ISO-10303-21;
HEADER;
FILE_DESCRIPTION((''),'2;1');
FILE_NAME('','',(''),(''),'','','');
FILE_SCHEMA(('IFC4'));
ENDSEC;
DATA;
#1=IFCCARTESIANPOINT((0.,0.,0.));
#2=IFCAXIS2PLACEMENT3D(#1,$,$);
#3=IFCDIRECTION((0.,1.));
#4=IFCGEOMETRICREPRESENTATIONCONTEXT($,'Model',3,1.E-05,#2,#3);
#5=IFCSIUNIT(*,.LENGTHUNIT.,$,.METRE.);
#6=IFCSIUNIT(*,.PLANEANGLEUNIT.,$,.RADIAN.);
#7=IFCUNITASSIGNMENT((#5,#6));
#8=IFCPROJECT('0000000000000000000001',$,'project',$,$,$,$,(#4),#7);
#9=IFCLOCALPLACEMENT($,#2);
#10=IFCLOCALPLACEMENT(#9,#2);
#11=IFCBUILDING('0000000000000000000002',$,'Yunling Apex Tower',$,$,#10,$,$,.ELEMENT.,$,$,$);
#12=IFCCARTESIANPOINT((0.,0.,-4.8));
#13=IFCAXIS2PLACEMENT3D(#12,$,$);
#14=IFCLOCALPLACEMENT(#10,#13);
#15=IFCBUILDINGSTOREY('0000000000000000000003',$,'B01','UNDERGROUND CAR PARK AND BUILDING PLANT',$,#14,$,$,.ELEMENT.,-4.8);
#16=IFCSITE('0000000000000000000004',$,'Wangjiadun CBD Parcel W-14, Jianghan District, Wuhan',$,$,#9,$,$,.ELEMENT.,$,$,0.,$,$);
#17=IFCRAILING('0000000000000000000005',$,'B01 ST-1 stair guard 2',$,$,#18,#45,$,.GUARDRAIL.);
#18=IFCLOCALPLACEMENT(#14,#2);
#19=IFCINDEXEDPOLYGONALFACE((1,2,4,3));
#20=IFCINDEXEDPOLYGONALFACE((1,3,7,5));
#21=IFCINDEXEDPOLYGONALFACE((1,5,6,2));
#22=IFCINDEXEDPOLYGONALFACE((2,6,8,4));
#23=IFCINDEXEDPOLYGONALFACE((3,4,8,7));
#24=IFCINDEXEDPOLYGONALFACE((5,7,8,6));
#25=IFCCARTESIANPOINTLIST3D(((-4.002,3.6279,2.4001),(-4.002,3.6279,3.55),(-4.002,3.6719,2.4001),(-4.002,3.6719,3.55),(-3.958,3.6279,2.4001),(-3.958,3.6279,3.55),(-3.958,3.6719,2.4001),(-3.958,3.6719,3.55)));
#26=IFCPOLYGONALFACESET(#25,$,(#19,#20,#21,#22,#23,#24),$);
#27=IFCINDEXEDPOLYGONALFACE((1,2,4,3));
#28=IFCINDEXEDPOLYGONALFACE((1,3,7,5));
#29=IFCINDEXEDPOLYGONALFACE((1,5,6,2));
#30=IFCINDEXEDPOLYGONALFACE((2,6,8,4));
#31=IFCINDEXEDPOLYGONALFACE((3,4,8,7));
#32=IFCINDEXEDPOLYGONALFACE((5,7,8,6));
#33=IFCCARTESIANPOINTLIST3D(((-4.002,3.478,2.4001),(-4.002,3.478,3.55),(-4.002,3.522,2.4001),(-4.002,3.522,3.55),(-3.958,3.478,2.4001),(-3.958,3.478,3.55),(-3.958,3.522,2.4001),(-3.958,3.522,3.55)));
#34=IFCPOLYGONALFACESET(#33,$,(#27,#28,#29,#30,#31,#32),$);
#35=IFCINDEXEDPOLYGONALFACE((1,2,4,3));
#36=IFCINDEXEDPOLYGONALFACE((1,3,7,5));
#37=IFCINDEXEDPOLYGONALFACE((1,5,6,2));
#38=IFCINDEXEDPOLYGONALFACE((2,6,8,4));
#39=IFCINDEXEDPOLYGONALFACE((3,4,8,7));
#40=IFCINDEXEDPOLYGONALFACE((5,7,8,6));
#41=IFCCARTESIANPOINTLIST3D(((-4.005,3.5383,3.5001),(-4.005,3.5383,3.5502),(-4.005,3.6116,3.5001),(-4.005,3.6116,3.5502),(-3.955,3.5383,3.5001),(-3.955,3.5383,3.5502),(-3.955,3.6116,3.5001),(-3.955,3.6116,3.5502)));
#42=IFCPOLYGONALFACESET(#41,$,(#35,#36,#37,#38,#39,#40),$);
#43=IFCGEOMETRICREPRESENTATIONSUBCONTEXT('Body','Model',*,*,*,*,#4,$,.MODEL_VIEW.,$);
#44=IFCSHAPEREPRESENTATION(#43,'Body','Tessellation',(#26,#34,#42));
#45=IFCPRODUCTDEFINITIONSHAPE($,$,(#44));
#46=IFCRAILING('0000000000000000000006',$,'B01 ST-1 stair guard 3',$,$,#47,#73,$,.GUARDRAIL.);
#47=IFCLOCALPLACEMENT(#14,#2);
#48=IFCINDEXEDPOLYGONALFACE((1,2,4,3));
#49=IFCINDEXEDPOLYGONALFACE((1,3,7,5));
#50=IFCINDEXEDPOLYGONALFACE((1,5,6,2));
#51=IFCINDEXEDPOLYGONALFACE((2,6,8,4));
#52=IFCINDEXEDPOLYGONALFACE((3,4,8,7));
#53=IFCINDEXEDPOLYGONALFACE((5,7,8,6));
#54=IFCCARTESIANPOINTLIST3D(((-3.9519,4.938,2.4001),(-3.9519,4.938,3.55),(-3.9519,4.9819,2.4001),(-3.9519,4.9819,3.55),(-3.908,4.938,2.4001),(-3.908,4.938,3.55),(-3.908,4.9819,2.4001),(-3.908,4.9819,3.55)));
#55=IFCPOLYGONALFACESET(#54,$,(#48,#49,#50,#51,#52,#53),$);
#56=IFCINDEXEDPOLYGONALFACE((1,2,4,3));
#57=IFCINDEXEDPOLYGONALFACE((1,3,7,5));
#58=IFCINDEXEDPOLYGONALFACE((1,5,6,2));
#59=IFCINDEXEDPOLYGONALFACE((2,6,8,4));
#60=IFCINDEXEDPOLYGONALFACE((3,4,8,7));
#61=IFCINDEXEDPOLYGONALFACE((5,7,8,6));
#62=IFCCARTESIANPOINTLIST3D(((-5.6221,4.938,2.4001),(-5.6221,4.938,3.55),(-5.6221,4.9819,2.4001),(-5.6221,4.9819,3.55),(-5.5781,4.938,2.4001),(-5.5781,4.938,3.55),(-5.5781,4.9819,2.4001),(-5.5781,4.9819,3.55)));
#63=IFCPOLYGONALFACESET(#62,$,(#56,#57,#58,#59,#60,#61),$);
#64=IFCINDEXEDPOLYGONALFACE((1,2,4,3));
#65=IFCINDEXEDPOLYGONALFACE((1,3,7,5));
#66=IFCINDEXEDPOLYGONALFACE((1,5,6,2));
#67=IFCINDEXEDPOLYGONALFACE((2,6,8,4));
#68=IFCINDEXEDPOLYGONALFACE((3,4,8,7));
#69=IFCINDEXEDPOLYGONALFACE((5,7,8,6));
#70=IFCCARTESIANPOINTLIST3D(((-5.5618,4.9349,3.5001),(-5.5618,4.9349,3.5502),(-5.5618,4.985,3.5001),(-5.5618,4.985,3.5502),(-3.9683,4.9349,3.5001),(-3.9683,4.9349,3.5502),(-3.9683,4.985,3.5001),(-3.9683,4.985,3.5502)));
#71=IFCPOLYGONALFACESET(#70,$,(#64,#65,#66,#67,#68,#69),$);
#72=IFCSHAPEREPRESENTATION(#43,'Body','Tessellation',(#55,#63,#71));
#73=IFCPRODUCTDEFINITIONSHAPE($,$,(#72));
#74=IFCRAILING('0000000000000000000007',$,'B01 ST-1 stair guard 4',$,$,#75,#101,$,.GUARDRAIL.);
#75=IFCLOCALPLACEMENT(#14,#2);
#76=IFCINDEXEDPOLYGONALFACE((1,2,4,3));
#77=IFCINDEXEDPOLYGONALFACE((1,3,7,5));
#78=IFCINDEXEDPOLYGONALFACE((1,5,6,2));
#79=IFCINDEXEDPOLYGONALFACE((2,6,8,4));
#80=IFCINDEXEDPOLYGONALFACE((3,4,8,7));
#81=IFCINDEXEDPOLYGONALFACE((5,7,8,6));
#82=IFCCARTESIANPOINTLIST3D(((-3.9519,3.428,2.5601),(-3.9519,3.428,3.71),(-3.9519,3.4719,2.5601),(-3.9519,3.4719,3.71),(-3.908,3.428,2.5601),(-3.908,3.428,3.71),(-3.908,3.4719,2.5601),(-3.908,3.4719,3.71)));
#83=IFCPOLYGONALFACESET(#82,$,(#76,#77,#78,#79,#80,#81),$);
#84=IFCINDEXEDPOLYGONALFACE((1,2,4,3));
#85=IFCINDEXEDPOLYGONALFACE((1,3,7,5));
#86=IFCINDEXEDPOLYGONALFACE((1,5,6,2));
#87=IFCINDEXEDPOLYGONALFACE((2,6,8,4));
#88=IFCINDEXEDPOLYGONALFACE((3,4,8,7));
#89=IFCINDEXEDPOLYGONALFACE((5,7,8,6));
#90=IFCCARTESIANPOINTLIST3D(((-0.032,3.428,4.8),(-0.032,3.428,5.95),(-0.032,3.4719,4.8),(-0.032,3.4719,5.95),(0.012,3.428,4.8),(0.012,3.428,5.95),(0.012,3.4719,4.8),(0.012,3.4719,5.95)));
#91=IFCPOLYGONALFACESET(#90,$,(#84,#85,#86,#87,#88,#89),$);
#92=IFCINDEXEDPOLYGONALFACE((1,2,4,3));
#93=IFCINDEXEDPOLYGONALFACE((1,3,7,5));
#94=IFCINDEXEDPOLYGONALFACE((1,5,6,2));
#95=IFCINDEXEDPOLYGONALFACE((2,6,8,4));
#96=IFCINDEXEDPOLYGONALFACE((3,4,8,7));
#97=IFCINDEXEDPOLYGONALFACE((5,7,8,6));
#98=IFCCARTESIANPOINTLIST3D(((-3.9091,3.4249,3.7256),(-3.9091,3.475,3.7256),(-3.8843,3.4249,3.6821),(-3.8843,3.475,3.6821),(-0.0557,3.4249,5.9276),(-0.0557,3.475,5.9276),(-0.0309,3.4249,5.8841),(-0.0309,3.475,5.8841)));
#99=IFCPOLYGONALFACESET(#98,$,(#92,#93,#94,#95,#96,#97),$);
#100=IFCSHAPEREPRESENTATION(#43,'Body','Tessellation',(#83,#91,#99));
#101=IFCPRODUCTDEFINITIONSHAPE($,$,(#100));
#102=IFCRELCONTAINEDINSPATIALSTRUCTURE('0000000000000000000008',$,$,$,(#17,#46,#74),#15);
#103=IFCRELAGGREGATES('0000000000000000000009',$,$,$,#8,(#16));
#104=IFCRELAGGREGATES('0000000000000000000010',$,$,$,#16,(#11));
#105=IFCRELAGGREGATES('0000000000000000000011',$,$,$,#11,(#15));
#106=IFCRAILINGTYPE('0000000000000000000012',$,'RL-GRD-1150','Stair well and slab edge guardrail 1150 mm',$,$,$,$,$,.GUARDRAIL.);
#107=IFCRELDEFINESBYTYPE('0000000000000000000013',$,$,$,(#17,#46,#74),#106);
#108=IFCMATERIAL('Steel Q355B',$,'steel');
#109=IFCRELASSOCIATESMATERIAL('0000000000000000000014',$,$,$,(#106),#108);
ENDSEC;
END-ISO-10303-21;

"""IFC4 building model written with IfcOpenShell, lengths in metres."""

from ifc_helpers import new_model, si_unit, direction, frame, origin, origin_2d, place, context, subcontext, project, spatial, rectangle, extrude, material, type_object, element, save


model = new_model("IFC4")

# Units and contexts
model_context = context("Model", 3, precision=1e-05, world=origin(), true_north=direction((0.0, 1.0)))
body_context = subcontext(model_context, "Body", "Model", "MODEL_VIEW")
ifc_project = project(units=[si_unit("LENGTHUNIT", "METRE"), si_unit("PLANEANGLEUNIT", "RADIAN")], contexts=[model_context])

# Site, building, storey
site_placement = place(None, origin())
site = spatial("IfcSite", under=ifc_project, at=site_placement, Name="Wangjiadun CBD Parcel W-14, Jianghan District, Wuhan", CompositionType="ELEMENT", RefElevation=0.0)
building_placement = place(site_placement, origin())
building = spatial("IfcBuilding", under=site, at=building_placement, Name="Yunling Apex Tower", CompositionType="ELEMENT")
storey_placement = place(building_placement, frame((0.0, 0.0, -4.8)))
storey = spatial("IfcBuildingStorey", under=building, at=storey_placement, Name="B01", Description="UNDERGROUND CAR PARK AND BUILDING PLANT", CompositionType="ELEMENT", Elevation=-4.8)

# Shared definitions
ifc_material_1 = material(Name="Steel Q355B", Category="steel")

# Railings
railing_type = type_object("IfcRailingType", Name="RL-GRD-1150", Description="Stair well and slab edge guardrail 1150 mm", PredefinedType="GUARDRAIL", material=ifc_material_1)
railing_1_placement = place(storey_placement, frame((-3.98, 3.6499, 2.4001)))
element("IfcRailing", 1, at=railing_1_placement, inside=storey, type_object=railing_type, Name="B01 ST-1 stair guard 2", PredefinedType="GUARDRAIL", context=body_context, shape_type="SweptSolid", body=[
    extrude(rectangle(XDim=0.0439, YDim=0.0439, at=origin_2d()), origin(), (0.0, 0.0, 1.0), 1.1499),
    extrude(rectangle(XDim=0.0439, YDim=0.0439, at=origin_2d()), frame((0.0, -0.1499, 0.0)), (0.0, 0.0, 1.0), 1.1499),
    extrude(rectangle(XDim=0.05, YDim=0.05, at=origin_2d()), frame((0.0, -0.0383, 1.125), z_axis=(0.0, -1.0, 0.0), x_axis=(1.0, 0.0, 0.0)), (0.0, 0.0, 1.0), 0.0732),
])
railing_2_placement = place(storey_placement, frame((-3.9299, 4.96, 2.4001)))
element("IfcRailing", 2, at=railing_2_placement, inside=storey, type_object=railing_type, Name="B01 ST-1 stair guard 3", PredefinedType="GUARDRAIL", context=body_context, shape_type="SweptSolid", body=[
    extrude(rectangle(XDim=0.0439, YDim=0.0439, at=origin_2d()), origin(), (0.0, 0.0, 1.0), 1.1499),
    extrude(rectangle(XDim=0.0439, YDim=0.0439, at=origin_2d()), frame((-1.6702, 0.0, 0.0)), (0.0, 0.0, 1.0), 1.1499),
    extrude(rectangle(XDim=0.05, YDim=0.05, at=origin_2d()), frame((-0.0383, 0.0, 1.125), z_axis=(-1.0, 0.0, 0.0), x_axis=(0.0, -1.0, 0.0)), (0.0, 0.0, 1.0), 1.5935),
])
railing_3_placement = place(storey_placement, frame((-3.9299, 3.45, 2.5601)))
element("IfcRailing", 3, at=railing_3_placement, inside=storey, type_object=railing_type, Name="B01 ST-1 stair guard 4", PredefinedType="GUARDRAIL", context=body_context, shape_type="SweptSolid", body=[
    extrude(rectangle(XDim=0.0439, YDim=0.0439, at=origin_2d()), origin(), (0.0, 0.0, 1.0), 1.1499),
    extrude(rectangle(XDim=0.0439, YDim=0.0439, at=origin_2d()), frame((3.9199, 0.0, 2.24)), (0.0, 0.0, 1.0), 1.1499),
    extrude(rectangle(XDim=0.05, YDim=0.05, at=origin_2d()), frame((0.0332, 0.0, 1.1438), z_axis=(0.86824, 0.0, 0.496145), x_axis=(0.0, 1.0, 0.0)), (0.0, 0.0, 1.0), 4.4382),
])

save(model, "model.ifc")
